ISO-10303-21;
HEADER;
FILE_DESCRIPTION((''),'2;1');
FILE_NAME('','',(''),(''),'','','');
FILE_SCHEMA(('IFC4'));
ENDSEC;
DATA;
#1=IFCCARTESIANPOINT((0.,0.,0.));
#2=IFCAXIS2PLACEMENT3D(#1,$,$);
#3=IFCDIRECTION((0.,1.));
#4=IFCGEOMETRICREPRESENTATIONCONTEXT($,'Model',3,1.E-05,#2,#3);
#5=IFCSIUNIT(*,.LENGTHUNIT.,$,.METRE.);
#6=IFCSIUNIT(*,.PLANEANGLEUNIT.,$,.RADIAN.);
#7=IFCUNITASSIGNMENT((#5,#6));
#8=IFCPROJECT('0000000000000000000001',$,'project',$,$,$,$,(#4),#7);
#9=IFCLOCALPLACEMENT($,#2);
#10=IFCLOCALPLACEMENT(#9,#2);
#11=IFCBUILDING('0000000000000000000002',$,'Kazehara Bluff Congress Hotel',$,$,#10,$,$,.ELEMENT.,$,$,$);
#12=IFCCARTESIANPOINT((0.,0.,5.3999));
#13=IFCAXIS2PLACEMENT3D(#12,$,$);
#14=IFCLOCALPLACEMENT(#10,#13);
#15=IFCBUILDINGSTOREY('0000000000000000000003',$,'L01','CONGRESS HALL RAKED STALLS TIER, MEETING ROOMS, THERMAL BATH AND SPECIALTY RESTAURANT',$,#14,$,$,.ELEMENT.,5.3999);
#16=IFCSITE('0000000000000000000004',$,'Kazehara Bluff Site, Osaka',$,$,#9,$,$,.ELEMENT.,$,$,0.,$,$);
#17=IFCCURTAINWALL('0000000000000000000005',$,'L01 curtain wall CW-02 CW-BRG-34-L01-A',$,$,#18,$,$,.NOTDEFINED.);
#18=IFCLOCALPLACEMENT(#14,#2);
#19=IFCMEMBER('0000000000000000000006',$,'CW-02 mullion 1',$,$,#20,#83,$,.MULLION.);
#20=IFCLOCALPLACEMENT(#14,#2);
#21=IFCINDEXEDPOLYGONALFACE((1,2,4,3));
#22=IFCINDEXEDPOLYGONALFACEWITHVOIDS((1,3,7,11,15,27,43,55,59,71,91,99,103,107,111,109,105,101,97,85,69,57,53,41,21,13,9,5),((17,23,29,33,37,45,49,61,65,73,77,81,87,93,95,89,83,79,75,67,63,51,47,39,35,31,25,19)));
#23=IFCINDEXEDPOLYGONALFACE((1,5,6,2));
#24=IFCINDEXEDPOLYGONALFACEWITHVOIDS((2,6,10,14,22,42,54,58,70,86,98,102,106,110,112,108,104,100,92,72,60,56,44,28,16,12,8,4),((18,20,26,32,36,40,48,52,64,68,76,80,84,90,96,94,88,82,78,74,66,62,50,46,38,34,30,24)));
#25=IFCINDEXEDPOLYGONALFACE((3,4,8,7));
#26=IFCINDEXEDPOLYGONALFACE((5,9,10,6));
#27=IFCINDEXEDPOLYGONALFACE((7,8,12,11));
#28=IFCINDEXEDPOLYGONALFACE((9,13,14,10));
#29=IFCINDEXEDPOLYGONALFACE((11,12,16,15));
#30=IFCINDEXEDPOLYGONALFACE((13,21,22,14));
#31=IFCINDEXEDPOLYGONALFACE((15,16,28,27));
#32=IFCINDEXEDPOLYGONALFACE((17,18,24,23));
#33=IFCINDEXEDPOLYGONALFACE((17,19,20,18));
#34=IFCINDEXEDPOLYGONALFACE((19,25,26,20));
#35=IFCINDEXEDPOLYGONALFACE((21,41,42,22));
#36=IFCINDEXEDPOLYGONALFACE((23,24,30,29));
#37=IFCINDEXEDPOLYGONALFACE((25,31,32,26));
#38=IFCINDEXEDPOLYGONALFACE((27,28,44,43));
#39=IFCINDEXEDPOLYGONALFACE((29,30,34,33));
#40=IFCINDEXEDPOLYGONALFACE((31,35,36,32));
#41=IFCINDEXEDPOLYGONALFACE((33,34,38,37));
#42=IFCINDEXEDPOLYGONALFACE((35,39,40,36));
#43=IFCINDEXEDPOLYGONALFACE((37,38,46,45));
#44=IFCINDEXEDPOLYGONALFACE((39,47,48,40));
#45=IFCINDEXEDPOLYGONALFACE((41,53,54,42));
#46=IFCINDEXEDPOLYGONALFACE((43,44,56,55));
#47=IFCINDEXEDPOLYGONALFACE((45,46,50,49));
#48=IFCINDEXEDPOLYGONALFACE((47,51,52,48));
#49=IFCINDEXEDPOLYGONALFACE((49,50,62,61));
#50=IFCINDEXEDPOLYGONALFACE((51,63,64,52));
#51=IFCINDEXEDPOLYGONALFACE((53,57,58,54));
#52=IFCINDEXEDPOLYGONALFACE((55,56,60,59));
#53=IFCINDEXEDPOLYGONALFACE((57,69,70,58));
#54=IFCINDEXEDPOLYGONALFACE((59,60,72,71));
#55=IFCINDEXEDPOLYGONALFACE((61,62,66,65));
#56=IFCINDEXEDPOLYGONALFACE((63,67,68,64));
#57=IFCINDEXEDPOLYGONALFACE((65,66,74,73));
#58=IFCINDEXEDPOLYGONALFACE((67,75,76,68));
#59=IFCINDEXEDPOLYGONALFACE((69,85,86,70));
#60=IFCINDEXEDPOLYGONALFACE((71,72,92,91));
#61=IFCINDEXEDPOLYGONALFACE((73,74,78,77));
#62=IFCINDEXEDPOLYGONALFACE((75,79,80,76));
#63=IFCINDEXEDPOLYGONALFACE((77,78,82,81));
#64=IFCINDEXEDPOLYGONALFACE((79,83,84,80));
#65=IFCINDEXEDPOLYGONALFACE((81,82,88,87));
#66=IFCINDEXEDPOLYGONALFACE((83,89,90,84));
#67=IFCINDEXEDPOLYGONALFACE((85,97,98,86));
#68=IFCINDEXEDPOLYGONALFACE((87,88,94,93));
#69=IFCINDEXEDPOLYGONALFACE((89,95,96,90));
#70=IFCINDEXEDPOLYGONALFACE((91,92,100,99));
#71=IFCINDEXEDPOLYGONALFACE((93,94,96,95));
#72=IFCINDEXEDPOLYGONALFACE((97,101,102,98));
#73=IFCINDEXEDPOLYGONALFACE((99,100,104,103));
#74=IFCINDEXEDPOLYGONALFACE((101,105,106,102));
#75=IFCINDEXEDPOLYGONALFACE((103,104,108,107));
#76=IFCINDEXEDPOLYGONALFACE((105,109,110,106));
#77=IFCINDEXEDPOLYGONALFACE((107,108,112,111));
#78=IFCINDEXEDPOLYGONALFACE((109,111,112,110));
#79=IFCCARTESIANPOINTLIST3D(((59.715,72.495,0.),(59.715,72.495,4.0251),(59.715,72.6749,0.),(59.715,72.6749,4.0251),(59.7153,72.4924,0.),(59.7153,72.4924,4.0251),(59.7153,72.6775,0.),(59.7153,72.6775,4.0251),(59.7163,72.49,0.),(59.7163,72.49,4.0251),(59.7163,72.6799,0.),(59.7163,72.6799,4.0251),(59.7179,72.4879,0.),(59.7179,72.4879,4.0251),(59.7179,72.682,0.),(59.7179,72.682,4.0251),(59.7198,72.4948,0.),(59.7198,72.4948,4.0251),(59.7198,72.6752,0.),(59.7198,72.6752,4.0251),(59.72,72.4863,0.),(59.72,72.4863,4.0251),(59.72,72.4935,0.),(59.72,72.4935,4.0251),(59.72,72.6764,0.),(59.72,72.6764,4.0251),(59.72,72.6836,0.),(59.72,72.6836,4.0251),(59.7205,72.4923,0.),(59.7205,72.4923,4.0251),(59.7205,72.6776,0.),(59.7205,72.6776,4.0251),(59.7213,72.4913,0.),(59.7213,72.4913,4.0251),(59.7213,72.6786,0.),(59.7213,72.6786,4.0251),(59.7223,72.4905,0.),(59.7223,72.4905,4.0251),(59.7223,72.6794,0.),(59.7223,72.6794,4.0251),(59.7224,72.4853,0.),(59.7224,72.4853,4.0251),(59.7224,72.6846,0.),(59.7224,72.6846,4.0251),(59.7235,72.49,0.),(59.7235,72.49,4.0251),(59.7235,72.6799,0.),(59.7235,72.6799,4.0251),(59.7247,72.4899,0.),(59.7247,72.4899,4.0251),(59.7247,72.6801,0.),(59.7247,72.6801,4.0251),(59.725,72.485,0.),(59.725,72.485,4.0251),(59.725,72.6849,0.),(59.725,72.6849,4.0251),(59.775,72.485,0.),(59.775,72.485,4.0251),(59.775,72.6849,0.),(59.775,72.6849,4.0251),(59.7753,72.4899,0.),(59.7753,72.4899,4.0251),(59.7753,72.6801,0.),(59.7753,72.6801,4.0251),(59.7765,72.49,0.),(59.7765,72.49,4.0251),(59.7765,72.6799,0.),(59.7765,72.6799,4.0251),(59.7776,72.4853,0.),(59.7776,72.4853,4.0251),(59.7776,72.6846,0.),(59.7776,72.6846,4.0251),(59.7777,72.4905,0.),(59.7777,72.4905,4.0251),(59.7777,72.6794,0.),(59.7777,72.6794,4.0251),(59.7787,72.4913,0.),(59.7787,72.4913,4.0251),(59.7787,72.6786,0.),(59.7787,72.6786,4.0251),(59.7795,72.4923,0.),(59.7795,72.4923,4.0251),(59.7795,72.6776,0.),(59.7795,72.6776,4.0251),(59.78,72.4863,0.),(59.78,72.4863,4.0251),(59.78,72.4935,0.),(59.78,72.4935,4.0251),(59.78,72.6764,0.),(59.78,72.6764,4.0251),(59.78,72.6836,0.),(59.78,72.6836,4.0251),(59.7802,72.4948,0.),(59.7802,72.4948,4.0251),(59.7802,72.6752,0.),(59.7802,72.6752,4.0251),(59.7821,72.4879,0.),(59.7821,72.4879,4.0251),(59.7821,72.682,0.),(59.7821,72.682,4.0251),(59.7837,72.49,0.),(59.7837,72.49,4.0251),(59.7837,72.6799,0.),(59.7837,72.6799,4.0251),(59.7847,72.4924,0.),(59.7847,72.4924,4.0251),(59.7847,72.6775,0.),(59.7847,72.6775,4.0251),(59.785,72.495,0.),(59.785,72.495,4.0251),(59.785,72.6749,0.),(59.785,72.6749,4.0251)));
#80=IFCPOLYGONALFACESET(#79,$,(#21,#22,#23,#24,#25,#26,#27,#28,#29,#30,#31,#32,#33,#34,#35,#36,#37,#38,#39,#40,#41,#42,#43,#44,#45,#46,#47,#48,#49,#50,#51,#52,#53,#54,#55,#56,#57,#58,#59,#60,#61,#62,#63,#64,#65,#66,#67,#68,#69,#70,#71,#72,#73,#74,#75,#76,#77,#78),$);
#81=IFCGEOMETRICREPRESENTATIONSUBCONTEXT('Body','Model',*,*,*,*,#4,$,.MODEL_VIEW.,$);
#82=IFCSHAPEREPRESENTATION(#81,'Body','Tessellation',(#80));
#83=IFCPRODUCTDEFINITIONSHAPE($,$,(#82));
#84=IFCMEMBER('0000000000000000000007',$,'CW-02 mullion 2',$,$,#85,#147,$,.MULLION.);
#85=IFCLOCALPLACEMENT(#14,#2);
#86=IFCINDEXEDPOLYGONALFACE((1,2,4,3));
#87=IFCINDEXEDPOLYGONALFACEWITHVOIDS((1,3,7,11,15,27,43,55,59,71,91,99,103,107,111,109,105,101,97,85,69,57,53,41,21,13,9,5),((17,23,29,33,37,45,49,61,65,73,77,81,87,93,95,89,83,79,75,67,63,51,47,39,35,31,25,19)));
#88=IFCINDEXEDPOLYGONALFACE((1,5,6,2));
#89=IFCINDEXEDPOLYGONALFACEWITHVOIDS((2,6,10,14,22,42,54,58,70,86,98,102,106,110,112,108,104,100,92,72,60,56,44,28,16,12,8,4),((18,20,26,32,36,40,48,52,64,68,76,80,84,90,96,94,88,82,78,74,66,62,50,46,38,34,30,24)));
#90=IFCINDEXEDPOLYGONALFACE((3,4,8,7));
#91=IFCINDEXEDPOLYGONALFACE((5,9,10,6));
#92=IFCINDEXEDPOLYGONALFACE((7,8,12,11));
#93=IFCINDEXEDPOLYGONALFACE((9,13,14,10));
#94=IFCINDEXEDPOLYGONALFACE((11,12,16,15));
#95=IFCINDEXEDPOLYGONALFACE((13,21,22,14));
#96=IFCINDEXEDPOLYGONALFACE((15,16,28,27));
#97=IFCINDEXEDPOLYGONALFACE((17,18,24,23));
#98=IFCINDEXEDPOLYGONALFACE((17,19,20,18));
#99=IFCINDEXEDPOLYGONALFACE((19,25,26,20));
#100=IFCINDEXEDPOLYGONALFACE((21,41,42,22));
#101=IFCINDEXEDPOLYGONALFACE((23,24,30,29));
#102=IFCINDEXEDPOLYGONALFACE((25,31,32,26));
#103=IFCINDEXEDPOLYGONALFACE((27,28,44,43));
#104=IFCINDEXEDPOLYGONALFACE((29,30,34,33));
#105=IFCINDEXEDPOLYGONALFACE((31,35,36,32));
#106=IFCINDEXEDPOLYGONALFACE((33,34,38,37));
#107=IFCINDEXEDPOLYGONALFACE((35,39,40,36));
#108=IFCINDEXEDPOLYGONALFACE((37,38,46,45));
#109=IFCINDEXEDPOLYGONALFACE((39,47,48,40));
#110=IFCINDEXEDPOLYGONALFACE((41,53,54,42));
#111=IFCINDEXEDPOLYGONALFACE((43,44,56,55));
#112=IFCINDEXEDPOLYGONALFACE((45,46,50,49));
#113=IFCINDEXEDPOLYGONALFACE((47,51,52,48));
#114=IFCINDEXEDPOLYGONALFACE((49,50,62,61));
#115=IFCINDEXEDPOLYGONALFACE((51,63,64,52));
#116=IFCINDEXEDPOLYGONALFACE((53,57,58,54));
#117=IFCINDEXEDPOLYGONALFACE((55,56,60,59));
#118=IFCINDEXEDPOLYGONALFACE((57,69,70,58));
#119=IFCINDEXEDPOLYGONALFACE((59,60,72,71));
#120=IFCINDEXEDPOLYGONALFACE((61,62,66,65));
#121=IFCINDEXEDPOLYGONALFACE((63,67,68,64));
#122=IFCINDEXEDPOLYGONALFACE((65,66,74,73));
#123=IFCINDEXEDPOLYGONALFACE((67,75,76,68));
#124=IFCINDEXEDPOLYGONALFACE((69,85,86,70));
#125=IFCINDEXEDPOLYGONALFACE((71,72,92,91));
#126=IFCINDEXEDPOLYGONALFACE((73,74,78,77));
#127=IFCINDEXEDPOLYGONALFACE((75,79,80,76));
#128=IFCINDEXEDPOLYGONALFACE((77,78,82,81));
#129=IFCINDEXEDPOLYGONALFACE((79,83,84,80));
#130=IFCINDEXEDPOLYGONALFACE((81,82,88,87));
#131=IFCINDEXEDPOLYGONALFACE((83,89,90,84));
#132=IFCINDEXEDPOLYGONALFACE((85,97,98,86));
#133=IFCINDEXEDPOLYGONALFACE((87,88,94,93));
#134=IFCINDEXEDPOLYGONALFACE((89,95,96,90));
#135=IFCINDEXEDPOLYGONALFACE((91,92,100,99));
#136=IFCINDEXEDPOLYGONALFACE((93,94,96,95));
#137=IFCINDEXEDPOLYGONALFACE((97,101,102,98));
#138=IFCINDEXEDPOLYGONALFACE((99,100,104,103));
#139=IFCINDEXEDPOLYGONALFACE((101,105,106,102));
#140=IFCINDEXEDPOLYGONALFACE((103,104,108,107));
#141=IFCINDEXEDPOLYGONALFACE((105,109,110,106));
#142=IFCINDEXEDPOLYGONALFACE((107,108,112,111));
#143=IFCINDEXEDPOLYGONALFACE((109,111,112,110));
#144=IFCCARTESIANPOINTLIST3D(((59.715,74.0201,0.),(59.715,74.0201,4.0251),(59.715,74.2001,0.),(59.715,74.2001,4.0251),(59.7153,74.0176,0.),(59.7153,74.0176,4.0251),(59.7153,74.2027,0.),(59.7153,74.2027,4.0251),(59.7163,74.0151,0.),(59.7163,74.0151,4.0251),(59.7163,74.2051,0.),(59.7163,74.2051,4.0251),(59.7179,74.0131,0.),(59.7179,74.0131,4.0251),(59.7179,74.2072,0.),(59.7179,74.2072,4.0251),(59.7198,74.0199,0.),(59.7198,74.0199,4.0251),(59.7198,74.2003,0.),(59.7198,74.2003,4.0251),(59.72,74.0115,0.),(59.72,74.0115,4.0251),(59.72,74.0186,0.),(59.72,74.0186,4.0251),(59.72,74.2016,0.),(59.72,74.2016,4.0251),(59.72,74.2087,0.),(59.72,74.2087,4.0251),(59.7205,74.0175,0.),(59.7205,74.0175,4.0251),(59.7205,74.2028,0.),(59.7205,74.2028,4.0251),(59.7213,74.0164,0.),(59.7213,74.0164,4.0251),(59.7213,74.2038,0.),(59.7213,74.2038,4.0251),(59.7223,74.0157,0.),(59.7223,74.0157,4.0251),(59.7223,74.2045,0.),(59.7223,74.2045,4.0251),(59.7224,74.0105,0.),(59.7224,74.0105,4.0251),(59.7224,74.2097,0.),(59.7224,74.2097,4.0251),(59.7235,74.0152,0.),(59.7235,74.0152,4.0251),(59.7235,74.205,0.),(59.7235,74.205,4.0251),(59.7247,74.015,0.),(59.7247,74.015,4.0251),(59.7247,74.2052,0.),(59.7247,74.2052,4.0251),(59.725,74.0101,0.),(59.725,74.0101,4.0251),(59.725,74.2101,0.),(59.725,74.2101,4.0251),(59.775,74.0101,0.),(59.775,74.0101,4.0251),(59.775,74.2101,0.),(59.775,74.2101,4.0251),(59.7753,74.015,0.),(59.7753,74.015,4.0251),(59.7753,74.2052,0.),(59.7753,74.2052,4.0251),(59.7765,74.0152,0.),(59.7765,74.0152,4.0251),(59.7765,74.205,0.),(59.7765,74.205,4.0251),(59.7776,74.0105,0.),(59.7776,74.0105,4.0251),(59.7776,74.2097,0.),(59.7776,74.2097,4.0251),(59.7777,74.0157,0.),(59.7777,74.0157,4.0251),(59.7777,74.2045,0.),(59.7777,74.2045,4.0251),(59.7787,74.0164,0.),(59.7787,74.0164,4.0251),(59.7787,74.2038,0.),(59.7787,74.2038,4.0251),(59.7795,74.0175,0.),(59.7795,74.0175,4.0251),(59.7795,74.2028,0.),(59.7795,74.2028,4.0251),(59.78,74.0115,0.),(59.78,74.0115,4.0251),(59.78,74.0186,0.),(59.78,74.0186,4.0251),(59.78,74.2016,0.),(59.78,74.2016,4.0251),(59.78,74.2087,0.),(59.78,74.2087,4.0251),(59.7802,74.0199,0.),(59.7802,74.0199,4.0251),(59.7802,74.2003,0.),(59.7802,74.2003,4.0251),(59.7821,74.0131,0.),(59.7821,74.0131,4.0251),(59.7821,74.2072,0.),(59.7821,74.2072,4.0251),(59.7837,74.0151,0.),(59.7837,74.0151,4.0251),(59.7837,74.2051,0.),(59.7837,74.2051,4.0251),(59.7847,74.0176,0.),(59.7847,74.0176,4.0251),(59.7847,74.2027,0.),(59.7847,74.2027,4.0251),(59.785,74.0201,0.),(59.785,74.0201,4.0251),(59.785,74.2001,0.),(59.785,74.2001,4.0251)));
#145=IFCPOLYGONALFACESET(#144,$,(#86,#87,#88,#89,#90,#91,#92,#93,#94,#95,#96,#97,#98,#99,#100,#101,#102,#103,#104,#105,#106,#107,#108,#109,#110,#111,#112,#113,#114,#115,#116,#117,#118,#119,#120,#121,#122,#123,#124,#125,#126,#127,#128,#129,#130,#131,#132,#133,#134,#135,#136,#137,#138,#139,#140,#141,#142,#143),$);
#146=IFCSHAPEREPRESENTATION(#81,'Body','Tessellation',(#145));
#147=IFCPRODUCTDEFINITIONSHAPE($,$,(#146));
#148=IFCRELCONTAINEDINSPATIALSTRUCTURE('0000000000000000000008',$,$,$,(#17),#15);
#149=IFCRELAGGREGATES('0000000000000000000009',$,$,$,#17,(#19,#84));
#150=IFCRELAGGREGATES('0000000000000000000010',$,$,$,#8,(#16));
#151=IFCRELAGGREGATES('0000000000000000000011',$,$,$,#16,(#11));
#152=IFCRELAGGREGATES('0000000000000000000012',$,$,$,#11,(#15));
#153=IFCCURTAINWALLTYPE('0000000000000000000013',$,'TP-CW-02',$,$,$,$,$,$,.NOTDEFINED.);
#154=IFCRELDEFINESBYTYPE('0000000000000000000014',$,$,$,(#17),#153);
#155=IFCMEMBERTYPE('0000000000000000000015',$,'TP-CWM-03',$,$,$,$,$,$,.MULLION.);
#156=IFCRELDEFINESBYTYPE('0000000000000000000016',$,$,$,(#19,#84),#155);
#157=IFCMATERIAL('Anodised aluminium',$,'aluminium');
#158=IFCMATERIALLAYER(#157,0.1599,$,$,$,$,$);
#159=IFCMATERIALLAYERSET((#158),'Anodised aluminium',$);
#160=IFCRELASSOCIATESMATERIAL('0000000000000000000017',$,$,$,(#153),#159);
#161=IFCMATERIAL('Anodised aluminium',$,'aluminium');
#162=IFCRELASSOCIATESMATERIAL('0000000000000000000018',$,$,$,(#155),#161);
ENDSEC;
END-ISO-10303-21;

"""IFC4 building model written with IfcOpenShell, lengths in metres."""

from ifc_helpers import new_model, si_unit, direction, frame, origin, origin_2d, place, context, subcontext, project, spatial, hollow_rectangle, extrude, material, layer, layer_set, material_profile, profile_set, type_object, element, aggregate, save


model = new_model("IFC4")

# Units and contexts
model_context = context("Model", 3, precision=1e-05, world=origin(), true_north=direction((0.0, 1.0)))
body_context = subcontext(model_context, "Body", "Model", "MODEL_VIEW")
ifc_project = project(units=[si_unit("LENGTHUNIT", "METRE"), si_unit("PLANEANGLEUNIT", "RADIAN")], contexts=[model_context])

# Site, building, storey
site_placement = place(None, origin())
site = spatial("IfcSite", under=ifc_project, at=site_placement, Name="Kazehara Bluff Site, Osaka", CompositionType="ELEMENT", RefElevation=0.0)
building_placement = place(site_placement, origin())
building = spatial("IfcBuilding", under=site, at=building_placement, Name="Kazehara Bluff Congress Hotel", CompositionType="ELEMENT")
storey_placement = place(building_placement, frame((0.0, 0.0, 5.3999)))
storey = spatial("IfcBuildingStorey", under=building, at=storey_placement, Name="L01", Description="CONGRESS HALL RAKED STALLS TIER, MEETING ROOMS, THERMAL BATH AND SPECIALTY RESTAURANT", CompositionType="ELEMENT", Elevation=5.3999)

# Curtain wall, members
ifc_material_1 = material(Name="Anodised aluminium", Category="aluminium")
ifc_layer_1 = layer(ifc_material_1, 0.1599)
ifc_layer_set_1 = layer_set([ifc_layer_1], Name="Anodised aluminium")
curtain_wall_type = type_object("IfcCurtainWallType", Name="TP-CW-02", PredefinedType="NOTDEFINED", material=ifc_layer_set_1)
curtain_wall_placement = place(storey_placement, origin())
curtain_wall = element("IfcCurtainWall", 1, at=curtain_wall_placement, inside=storey, type_object=curtain_wall_type, Name="L01 curtain wall CW-02 CW-BRG-34-L01-A", PredefinedType="NOTDEFINED")
ifc_material_2 = material(Name="Anodised aluminium", Category="aluminium")
ifc_material_profile_1 = material_profile(ifc_material_2, hollow_rectangle(XDim=0.0701, YDim=0.2, WallThickness=0.0049, InnerFilletRadius=0.0049, OuterFilletRadius=0.01, at=origin_2d()))
ifc_profile_set_1 = profile_set([ifc_material_profile_1], Name="Anodised aluminium")
member_type_1 = type_object("IfcMemberType", Name="TP-CWM-03", PredefinedType="MULLION", material=ifc_profile_set_1)
member_1_placement = place(storey_placement, frame((59.75, 72.585, 0.0), z_axis=(0.0, 0.0, 1.0), x_axis=(-1.0, 0.0, 0.0)))
member_1 = element("IfcMember", 2, at=member_1_placement, type_object=member_type_1, Name="CW-02 mullion 1", PredefinedType="MULLION", context=body_context, shape_type="SweptSolid", body=[
    extrude(hollow_rectangle(XDim=0.0701, YDim=0.2, WallThickness=0.0049, InnerFilletRadius=0.0049, OuterFilletRadius=0.01, at=origin_2d()), origin(), (0.0, 0.0, 1.0), 4.0251),
])
member_2_placement = place(storey_placement, frame((59.75, 74.1101, 0.0), z_axis=(0.0, 0.0, 1.0), x_axis=(-1.0, 0.0, 0.0)))
member_2 = element("IfcMember", 3, at=member_2_placement, type_object=member_type_1, Name="CW-02 mullion 2", PredefinedType="MULLION", context=body_context, shape_type="SweptSolid", body=[
    extrude(hollow_rectangle(XDim=0.0701, YDim=0.2, WallThickness=0.0049, InnerFilletRadius=0.0049, OuterFilletRadius=0.01, at=origin_2d()), origin(), (0.0, 0.0, 1.0), 4.0251),
])

aggregate(curtain_wall, [member_1, member_2])

save(model, "model.ifc")
